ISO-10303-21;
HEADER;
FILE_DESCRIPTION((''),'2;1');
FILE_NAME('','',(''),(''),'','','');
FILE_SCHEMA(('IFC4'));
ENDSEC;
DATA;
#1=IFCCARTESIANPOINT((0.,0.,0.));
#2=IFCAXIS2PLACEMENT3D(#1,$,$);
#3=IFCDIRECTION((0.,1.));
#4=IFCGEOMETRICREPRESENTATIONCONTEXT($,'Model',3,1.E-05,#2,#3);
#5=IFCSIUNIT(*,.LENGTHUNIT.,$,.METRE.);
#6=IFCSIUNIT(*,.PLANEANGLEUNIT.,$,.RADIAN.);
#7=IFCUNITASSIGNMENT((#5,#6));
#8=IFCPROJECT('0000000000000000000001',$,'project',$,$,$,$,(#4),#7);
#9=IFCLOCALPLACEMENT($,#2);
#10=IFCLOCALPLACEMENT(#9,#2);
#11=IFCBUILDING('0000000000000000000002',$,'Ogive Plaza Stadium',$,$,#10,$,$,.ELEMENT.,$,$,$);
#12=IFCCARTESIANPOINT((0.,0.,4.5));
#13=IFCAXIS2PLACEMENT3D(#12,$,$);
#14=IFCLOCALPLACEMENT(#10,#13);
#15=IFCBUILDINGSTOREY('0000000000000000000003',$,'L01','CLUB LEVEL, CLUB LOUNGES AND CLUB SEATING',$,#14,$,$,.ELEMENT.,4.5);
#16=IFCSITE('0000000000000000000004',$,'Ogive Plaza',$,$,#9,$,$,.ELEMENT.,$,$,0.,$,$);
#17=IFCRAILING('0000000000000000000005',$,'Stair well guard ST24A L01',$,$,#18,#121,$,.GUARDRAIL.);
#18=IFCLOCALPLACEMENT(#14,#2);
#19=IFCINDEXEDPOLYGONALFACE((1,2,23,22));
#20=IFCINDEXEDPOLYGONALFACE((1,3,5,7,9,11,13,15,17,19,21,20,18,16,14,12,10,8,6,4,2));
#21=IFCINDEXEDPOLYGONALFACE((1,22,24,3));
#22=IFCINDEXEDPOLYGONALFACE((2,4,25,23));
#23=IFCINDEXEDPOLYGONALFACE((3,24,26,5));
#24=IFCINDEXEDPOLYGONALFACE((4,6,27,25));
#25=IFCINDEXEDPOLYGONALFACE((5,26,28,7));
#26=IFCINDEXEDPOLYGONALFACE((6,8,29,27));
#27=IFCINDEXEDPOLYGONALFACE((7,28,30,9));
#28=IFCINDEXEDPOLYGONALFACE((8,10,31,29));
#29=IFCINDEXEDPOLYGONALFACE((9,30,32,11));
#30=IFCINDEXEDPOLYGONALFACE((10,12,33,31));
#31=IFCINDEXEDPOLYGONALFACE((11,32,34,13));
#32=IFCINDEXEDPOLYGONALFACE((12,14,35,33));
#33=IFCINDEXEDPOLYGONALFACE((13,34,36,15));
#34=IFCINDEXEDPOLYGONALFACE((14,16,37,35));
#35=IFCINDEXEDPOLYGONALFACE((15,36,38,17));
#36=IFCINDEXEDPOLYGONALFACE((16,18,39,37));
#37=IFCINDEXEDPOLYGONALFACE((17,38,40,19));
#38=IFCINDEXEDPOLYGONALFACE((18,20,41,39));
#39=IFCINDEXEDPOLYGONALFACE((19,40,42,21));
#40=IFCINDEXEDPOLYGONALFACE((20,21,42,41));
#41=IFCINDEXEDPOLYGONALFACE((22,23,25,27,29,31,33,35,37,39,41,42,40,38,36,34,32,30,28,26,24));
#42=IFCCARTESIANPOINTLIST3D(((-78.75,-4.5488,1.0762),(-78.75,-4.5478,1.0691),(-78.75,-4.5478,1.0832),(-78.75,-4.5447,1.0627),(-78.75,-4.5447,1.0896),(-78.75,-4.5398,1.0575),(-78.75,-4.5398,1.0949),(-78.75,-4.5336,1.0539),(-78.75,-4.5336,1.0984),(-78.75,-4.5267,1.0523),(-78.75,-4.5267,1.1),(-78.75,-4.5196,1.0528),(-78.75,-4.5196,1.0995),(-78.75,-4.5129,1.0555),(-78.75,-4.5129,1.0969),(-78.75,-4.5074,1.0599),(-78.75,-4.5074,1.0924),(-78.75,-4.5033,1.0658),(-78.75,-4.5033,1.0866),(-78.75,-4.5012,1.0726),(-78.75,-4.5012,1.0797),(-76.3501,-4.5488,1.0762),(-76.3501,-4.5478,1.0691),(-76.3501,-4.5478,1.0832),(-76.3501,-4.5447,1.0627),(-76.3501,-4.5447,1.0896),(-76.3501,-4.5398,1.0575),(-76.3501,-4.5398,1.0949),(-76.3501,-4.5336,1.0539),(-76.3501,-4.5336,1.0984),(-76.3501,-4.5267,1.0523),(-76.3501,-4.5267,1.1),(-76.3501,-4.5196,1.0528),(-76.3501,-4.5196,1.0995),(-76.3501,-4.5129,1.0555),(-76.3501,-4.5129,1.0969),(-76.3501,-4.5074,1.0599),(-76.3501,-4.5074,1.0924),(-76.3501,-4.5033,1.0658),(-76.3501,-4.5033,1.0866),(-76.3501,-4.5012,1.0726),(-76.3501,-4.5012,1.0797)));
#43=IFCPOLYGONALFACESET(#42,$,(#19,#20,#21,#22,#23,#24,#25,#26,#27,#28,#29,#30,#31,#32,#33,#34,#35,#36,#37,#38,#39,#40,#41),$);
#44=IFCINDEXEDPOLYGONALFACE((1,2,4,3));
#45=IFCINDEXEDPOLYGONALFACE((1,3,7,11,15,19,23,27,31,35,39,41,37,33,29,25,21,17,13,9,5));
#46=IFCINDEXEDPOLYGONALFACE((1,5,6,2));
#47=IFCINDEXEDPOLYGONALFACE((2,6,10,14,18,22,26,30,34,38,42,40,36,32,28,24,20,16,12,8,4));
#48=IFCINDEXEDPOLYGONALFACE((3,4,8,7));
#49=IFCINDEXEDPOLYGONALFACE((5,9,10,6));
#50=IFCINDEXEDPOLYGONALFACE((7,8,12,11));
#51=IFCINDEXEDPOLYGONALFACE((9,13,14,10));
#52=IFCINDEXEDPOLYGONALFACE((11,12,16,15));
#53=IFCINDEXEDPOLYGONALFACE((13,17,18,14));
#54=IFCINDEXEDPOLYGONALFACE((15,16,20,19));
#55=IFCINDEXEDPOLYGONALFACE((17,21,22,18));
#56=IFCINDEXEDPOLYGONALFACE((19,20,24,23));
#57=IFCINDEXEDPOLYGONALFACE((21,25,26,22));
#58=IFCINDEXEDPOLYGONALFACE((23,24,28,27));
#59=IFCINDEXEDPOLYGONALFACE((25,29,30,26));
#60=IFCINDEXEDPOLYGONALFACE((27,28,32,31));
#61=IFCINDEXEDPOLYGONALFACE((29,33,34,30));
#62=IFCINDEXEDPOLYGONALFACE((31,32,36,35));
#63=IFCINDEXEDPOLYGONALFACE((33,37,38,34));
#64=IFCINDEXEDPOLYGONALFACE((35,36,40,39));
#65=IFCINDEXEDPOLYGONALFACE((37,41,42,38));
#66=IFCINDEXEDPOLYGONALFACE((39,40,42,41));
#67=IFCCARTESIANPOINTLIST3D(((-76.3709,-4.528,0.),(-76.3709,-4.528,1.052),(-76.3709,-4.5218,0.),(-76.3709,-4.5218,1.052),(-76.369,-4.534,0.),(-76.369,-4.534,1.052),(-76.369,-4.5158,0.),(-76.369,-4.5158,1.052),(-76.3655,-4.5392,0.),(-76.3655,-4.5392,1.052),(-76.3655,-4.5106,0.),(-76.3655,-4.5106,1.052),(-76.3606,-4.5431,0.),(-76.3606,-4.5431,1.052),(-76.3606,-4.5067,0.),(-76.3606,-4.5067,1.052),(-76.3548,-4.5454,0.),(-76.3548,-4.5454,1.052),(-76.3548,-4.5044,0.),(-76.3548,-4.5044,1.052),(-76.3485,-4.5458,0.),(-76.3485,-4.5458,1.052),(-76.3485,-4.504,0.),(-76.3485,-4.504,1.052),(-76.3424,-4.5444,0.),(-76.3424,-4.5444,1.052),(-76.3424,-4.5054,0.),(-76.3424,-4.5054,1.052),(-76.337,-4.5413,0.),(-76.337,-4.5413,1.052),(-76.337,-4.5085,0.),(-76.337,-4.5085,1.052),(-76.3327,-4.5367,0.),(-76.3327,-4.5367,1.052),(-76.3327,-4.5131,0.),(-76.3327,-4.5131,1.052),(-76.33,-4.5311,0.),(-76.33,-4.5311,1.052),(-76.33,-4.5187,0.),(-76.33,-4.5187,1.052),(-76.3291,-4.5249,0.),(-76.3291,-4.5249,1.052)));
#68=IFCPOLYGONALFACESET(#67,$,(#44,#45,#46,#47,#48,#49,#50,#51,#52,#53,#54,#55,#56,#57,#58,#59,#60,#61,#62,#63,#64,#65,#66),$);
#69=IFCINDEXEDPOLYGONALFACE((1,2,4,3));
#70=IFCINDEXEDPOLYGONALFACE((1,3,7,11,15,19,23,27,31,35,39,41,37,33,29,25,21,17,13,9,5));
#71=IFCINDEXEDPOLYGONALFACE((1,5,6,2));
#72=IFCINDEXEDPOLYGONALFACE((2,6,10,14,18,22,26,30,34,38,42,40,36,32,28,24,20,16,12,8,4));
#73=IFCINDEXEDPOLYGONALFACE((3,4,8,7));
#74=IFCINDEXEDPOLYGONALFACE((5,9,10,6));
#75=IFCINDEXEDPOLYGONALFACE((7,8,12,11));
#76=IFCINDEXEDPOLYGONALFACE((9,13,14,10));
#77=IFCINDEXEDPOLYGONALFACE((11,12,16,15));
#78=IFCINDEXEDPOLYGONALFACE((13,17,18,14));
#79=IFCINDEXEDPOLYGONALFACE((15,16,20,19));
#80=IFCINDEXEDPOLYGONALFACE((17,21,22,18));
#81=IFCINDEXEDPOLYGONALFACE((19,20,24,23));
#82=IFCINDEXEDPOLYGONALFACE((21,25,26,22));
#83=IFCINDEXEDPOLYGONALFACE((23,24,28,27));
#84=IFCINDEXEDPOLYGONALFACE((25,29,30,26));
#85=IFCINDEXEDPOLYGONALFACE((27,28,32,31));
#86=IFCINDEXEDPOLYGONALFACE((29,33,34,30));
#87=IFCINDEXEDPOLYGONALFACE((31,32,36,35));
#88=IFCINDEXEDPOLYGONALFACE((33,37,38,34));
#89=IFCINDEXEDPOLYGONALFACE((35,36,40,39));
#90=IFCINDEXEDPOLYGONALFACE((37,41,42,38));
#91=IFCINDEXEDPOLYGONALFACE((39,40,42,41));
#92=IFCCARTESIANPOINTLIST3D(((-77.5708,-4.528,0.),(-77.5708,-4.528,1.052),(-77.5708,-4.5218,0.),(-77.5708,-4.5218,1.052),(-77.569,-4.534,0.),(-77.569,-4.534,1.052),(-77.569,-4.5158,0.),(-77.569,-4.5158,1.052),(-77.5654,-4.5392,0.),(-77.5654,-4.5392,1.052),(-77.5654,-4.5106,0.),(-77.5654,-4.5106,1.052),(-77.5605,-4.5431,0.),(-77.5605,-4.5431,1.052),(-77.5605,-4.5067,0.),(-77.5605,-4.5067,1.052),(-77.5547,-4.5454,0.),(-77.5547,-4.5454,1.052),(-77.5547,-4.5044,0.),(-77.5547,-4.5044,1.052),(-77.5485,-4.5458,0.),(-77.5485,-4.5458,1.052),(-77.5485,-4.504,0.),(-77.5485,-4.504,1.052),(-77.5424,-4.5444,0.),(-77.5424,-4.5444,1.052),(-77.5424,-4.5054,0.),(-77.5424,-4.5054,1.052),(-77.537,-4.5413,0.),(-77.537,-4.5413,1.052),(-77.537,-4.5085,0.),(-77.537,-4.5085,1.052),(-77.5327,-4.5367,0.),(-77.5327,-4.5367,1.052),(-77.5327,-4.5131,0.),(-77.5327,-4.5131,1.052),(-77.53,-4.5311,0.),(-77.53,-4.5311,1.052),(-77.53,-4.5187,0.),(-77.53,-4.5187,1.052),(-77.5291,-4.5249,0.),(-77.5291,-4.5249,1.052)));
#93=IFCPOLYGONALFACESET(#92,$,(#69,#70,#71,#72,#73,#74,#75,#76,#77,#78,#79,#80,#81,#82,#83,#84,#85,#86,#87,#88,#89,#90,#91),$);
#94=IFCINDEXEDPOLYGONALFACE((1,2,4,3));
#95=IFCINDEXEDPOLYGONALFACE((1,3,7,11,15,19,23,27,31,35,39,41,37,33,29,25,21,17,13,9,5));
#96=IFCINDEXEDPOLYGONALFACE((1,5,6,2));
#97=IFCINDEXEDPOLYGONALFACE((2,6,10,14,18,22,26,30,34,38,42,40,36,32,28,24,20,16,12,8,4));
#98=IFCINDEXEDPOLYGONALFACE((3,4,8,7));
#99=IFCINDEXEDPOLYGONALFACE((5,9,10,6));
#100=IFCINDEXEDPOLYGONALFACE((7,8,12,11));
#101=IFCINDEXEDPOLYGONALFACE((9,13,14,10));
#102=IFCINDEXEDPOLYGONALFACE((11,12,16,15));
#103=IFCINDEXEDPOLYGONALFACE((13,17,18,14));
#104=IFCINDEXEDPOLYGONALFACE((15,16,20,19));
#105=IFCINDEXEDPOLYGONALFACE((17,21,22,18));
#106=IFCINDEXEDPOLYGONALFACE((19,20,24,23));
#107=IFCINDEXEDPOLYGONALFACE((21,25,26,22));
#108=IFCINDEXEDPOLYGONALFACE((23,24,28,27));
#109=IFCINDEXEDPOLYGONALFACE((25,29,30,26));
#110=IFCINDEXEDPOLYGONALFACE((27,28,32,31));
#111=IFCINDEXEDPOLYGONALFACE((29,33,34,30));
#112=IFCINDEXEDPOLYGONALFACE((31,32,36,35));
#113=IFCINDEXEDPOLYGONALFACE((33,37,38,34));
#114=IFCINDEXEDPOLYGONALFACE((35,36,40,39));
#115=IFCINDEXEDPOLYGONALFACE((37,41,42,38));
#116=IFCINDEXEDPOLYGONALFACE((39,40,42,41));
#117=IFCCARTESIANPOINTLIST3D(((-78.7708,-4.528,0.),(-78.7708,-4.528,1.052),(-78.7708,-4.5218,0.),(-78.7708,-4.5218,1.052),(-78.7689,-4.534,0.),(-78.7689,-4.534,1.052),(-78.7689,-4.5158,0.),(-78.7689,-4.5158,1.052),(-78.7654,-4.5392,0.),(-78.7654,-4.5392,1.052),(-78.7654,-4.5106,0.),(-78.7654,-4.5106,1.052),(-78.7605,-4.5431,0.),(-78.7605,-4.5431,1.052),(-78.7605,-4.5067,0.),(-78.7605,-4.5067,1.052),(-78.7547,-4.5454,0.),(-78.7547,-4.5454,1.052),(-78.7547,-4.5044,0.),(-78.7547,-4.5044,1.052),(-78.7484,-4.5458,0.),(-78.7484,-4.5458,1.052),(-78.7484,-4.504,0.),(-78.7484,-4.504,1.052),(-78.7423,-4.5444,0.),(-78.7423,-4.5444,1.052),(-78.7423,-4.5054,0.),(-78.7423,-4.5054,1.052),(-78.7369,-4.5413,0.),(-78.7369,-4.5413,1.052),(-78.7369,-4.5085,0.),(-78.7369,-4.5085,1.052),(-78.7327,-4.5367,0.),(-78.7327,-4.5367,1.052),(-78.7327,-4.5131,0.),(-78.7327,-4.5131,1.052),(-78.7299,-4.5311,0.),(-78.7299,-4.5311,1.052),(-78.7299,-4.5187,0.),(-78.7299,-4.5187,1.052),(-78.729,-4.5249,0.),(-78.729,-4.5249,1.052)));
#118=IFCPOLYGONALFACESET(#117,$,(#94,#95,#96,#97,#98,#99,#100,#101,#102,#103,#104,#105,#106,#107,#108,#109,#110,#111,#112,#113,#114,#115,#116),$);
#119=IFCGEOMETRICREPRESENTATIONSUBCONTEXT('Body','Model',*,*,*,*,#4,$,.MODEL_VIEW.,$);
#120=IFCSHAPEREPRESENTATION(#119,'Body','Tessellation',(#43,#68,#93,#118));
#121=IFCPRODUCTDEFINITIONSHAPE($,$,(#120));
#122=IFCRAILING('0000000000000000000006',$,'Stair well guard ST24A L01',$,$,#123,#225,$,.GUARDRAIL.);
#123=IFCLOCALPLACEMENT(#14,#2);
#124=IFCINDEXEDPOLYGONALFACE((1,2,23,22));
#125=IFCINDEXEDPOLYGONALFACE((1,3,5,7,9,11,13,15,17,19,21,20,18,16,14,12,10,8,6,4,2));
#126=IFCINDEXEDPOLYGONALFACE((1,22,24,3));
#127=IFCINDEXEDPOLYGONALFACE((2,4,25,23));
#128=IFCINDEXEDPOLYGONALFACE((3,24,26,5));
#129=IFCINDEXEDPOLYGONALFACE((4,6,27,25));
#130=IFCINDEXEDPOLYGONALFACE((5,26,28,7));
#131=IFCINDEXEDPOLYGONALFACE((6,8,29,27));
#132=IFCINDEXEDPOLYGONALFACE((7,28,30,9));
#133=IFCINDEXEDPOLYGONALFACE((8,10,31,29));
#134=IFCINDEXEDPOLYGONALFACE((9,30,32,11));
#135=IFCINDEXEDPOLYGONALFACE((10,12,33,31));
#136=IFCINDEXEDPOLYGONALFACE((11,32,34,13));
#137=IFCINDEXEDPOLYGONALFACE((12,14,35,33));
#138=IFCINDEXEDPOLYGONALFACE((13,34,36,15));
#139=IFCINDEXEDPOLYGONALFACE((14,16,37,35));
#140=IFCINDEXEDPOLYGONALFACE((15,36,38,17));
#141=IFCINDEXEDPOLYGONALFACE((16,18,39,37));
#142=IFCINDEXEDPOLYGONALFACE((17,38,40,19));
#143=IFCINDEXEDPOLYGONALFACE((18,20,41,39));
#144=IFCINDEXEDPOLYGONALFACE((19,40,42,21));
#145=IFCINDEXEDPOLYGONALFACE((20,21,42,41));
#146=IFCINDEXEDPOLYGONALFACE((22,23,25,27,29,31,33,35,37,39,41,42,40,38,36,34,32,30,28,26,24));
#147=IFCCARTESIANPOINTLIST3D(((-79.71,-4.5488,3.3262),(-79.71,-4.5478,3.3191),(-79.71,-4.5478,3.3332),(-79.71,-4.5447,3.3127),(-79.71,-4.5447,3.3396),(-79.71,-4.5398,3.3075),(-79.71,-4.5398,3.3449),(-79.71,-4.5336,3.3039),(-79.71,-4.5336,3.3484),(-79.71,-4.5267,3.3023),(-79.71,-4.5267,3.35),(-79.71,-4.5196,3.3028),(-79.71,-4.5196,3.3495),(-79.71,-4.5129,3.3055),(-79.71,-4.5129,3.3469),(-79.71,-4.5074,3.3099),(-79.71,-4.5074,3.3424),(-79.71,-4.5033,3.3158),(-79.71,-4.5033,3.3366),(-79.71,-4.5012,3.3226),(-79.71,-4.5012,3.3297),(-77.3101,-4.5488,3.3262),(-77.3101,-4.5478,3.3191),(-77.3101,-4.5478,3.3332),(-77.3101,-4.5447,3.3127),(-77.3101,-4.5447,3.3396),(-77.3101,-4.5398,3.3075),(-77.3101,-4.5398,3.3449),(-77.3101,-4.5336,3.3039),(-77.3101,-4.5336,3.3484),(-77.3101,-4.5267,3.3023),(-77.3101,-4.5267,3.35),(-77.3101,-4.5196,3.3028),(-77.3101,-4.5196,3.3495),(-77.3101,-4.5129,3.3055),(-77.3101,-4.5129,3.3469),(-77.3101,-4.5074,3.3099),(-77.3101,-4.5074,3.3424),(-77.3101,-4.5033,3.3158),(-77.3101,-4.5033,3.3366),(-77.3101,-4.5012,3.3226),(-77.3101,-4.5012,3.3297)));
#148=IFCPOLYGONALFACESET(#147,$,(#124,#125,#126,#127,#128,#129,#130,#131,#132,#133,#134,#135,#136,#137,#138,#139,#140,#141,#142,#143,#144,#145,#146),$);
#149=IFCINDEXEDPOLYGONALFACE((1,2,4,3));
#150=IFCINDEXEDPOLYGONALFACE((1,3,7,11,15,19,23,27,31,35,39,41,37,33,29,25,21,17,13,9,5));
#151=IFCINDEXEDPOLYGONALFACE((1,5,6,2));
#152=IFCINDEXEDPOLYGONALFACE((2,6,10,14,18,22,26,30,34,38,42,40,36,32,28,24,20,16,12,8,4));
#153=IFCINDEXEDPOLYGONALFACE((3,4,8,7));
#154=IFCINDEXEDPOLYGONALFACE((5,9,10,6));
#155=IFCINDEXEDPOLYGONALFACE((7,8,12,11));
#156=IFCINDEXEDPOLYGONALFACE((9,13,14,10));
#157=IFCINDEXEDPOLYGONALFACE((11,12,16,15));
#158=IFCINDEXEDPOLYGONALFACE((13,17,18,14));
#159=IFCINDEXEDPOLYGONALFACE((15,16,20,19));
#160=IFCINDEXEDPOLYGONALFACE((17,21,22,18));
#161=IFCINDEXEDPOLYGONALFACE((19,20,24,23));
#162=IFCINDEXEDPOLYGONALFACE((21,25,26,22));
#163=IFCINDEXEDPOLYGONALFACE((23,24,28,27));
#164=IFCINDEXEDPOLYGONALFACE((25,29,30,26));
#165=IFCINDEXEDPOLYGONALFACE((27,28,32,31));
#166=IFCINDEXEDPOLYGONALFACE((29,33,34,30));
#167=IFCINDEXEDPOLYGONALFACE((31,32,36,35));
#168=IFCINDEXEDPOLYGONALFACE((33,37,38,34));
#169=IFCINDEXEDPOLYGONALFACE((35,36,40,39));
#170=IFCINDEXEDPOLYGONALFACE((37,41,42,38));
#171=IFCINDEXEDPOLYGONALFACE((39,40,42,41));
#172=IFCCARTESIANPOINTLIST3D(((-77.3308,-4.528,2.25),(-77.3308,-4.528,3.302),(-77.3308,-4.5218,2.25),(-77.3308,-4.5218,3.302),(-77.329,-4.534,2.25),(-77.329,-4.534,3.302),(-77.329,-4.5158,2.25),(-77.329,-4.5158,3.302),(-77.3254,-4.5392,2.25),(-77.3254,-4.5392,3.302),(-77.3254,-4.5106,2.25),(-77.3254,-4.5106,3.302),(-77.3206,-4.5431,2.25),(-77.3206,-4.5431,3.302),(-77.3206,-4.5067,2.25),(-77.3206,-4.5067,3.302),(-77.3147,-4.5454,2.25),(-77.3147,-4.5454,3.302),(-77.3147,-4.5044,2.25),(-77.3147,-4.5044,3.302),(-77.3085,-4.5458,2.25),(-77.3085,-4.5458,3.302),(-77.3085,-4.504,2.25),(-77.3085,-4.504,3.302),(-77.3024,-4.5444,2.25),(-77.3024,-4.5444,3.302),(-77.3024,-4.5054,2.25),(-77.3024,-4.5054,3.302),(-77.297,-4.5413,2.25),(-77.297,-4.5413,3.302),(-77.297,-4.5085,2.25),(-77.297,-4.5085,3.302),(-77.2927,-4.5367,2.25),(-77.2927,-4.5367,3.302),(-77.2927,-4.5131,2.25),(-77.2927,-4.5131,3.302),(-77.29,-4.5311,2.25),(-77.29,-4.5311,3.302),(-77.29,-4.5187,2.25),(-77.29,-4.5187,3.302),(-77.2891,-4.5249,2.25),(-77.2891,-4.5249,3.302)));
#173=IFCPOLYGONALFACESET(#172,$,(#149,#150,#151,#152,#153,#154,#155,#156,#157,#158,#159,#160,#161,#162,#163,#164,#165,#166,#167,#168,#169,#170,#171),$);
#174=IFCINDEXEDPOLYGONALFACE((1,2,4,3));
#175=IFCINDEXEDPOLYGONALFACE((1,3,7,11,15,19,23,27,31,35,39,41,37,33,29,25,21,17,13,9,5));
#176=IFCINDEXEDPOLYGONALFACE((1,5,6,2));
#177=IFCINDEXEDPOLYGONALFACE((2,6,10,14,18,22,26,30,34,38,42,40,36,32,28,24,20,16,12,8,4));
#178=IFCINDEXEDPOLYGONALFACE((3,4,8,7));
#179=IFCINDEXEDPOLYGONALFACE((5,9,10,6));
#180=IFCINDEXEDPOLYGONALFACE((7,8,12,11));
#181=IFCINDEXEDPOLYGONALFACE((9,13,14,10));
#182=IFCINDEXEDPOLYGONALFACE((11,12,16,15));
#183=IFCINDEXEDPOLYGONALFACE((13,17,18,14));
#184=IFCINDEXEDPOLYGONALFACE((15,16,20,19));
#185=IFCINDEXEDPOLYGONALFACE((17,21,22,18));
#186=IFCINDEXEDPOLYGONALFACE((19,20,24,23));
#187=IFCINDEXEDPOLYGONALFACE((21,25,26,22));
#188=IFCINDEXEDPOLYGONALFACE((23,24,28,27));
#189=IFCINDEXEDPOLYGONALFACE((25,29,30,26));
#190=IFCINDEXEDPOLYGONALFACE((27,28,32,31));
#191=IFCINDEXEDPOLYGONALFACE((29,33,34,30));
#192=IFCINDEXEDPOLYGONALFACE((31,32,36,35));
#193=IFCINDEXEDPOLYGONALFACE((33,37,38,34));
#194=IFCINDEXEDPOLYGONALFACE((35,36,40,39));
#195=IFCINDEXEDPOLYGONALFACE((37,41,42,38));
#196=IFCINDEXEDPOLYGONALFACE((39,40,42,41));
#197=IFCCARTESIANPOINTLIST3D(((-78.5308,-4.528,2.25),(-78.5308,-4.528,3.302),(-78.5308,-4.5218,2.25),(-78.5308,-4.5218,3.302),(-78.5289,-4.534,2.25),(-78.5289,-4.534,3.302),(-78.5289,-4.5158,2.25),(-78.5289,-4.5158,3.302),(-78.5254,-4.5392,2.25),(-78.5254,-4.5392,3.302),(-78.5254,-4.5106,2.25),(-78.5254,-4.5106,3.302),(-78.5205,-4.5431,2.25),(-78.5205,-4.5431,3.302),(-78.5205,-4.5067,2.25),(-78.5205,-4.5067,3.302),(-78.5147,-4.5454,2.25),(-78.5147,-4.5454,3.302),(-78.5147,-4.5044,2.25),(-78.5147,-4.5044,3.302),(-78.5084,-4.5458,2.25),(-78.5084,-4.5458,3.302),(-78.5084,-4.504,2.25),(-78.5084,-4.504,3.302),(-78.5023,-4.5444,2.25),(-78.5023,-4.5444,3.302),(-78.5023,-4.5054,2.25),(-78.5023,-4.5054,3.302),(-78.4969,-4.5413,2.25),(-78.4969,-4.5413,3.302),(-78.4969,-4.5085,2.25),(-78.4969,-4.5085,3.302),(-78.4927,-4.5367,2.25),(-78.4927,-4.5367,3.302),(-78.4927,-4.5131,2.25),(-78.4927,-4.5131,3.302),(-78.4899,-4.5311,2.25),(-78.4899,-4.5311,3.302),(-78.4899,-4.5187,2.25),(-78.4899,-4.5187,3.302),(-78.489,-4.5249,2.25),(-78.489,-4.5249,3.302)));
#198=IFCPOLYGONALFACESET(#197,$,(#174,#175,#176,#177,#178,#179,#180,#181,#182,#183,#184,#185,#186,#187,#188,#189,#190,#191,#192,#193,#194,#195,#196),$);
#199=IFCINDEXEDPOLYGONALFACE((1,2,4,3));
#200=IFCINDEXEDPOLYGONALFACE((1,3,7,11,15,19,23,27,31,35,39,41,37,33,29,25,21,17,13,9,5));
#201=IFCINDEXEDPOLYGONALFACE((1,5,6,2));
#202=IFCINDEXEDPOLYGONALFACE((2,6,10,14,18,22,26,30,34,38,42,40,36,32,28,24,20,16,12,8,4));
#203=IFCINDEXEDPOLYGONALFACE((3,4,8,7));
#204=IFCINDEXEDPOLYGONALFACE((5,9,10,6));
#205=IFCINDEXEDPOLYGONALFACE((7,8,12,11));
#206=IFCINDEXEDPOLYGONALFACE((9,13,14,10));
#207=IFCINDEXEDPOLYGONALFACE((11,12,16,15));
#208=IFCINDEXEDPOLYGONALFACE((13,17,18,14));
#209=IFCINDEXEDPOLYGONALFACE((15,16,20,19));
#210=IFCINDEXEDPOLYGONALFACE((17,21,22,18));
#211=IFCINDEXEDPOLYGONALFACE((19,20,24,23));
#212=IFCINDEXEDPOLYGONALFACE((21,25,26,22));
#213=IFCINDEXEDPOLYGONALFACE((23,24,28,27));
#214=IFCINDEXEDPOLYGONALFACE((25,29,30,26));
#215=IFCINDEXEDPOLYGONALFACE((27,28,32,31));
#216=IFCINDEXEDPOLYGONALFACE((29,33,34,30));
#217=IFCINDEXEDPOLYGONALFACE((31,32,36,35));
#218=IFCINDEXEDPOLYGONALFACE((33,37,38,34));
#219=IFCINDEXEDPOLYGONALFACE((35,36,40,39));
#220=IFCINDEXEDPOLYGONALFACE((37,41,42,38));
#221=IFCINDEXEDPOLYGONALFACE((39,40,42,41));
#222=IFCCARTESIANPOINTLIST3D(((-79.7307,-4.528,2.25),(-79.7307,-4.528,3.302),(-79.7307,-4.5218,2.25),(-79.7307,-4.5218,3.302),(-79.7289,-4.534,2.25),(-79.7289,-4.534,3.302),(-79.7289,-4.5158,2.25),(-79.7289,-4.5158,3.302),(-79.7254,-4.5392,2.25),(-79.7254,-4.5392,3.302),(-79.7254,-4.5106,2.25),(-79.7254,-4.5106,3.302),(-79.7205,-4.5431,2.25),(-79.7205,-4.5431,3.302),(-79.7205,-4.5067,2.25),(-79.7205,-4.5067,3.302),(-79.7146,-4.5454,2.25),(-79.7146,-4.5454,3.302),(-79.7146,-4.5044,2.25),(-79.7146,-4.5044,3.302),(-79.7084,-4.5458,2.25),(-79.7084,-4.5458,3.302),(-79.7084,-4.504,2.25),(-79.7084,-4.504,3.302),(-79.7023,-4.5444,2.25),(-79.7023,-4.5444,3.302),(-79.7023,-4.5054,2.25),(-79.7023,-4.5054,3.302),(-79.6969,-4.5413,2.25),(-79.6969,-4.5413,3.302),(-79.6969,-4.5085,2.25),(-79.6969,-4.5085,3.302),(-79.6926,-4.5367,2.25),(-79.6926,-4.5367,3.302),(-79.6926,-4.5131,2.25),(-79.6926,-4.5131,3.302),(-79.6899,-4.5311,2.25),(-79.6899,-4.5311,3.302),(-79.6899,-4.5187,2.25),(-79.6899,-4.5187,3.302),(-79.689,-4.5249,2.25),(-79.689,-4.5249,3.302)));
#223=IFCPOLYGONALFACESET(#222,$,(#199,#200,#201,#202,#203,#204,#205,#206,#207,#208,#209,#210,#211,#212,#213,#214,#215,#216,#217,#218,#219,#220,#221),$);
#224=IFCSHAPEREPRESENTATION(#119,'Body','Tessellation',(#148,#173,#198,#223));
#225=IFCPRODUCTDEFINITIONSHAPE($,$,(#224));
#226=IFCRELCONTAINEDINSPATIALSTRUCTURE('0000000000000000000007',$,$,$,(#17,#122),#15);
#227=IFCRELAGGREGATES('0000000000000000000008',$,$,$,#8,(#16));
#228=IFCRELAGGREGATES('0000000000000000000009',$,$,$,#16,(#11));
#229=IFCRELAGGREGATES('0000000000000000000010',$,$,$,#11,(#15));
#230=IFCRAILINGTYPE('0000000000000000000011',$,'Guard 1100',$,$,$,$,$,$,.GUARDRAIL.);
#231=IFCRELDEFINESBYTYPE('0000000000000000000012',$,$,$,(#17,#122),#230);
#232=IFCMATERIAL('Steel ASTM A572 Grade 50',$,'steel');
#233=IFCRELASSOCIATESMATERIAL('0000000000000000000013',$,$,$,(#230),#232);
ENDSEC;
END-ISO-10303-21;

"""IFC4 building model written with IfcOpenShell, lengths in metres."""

from ifc_helpers import new_model, si_unit, direction, frame, origin, origin_2d, place, context, subcontext, project, spatial, circle, extrude, material, type_object, element, save


model = new_model("IFC4")

# Units and contexts
model_context = context("Model", 3, precision=1e-05, world=origin(), true_north=direction((0.0, 1.0)))
body_context = subcontext(model_context, "Body", "Model", "MODEL_VIEW")
ifc_project = project(units=[si_unit("LENGTHUNIT", "METRE"), si_unit("PLANEANGLEUNIT", "RADIAN")], contexts=[model_context])

# Site, building, storey
site_placement = place(None, origin())
site = spatial("IfcSite", under=ifc_project, at=site_placement, Name="Ogive Plaza", CompositionType="ELEMENT", RefElevation=0.0)
building_placement = place(site_placement, origin())
building = spatial("IfcBuilding", under=site, at=building_placement, Name="Ogive Plaza Stadium", CompositionType="ELEMENT")
storey_placement = place(building_placement, frame((0.0, 0.0, 4.5)))
storey = spatial("IfcBuildingStorey", under=building, at=storey_placement, Name="L01", Description="CLUB LEVEL, CLUB LOUNGES AND CLUB SEATING", CompositionType="ELEMENT", Elevation=4.5)

# Railings
ifc_material_1 = material(Name="Steel ASTM A572 Grade 50", Category="steel")
railing_type_1 = type_object("IfcRailingType", Name="Guard 1100", PredefinedType="GUARDRAIL", material=ifc_material_1)
for number, where, name in (
    (1, (-76.3501, -4.5249, 0.0), "Stair well guard ST24A L01"),
    (2, (-77.3101, -4.5249, 2.25), "Stair well guard ST24A L01"),
):
    element("IfcRailing", number, at=place(storey_placement, frame(where)), inside=storey, type_object=railing_type_1, Name=name, PredefinedType="GUARDRAIL", context=body_context, shape_type="SweptSolid", body=[
        extrude(circle(Radius=0.0239, at=origin_2d()), frame((0.0, 0.0, 1.0762), z_axis=(-1.0, 0.0, 0.0), x_axis=(0.0, -1.0, 0.0)), (0.0, 0.0, 1.0), 2.3999),
        extrude(circle(Radius=0.021, at=origin_2d()), origin(), (0.0, 0.0, 1.0), 1.052),
        extrude(circle(Radius=0.021, at=origin_2d()), frame((-1.2, 0.0, 0.0)), (0.0, 0.0, 1.0), 1.052),
        extrude(circle(Radius=0.021, at=origin_2d()), frame((-2.3999, 0.0, 0.0)), (0.0, 0.0, 1.0), 1.052),
    ])

save(model, "model.ifc")
